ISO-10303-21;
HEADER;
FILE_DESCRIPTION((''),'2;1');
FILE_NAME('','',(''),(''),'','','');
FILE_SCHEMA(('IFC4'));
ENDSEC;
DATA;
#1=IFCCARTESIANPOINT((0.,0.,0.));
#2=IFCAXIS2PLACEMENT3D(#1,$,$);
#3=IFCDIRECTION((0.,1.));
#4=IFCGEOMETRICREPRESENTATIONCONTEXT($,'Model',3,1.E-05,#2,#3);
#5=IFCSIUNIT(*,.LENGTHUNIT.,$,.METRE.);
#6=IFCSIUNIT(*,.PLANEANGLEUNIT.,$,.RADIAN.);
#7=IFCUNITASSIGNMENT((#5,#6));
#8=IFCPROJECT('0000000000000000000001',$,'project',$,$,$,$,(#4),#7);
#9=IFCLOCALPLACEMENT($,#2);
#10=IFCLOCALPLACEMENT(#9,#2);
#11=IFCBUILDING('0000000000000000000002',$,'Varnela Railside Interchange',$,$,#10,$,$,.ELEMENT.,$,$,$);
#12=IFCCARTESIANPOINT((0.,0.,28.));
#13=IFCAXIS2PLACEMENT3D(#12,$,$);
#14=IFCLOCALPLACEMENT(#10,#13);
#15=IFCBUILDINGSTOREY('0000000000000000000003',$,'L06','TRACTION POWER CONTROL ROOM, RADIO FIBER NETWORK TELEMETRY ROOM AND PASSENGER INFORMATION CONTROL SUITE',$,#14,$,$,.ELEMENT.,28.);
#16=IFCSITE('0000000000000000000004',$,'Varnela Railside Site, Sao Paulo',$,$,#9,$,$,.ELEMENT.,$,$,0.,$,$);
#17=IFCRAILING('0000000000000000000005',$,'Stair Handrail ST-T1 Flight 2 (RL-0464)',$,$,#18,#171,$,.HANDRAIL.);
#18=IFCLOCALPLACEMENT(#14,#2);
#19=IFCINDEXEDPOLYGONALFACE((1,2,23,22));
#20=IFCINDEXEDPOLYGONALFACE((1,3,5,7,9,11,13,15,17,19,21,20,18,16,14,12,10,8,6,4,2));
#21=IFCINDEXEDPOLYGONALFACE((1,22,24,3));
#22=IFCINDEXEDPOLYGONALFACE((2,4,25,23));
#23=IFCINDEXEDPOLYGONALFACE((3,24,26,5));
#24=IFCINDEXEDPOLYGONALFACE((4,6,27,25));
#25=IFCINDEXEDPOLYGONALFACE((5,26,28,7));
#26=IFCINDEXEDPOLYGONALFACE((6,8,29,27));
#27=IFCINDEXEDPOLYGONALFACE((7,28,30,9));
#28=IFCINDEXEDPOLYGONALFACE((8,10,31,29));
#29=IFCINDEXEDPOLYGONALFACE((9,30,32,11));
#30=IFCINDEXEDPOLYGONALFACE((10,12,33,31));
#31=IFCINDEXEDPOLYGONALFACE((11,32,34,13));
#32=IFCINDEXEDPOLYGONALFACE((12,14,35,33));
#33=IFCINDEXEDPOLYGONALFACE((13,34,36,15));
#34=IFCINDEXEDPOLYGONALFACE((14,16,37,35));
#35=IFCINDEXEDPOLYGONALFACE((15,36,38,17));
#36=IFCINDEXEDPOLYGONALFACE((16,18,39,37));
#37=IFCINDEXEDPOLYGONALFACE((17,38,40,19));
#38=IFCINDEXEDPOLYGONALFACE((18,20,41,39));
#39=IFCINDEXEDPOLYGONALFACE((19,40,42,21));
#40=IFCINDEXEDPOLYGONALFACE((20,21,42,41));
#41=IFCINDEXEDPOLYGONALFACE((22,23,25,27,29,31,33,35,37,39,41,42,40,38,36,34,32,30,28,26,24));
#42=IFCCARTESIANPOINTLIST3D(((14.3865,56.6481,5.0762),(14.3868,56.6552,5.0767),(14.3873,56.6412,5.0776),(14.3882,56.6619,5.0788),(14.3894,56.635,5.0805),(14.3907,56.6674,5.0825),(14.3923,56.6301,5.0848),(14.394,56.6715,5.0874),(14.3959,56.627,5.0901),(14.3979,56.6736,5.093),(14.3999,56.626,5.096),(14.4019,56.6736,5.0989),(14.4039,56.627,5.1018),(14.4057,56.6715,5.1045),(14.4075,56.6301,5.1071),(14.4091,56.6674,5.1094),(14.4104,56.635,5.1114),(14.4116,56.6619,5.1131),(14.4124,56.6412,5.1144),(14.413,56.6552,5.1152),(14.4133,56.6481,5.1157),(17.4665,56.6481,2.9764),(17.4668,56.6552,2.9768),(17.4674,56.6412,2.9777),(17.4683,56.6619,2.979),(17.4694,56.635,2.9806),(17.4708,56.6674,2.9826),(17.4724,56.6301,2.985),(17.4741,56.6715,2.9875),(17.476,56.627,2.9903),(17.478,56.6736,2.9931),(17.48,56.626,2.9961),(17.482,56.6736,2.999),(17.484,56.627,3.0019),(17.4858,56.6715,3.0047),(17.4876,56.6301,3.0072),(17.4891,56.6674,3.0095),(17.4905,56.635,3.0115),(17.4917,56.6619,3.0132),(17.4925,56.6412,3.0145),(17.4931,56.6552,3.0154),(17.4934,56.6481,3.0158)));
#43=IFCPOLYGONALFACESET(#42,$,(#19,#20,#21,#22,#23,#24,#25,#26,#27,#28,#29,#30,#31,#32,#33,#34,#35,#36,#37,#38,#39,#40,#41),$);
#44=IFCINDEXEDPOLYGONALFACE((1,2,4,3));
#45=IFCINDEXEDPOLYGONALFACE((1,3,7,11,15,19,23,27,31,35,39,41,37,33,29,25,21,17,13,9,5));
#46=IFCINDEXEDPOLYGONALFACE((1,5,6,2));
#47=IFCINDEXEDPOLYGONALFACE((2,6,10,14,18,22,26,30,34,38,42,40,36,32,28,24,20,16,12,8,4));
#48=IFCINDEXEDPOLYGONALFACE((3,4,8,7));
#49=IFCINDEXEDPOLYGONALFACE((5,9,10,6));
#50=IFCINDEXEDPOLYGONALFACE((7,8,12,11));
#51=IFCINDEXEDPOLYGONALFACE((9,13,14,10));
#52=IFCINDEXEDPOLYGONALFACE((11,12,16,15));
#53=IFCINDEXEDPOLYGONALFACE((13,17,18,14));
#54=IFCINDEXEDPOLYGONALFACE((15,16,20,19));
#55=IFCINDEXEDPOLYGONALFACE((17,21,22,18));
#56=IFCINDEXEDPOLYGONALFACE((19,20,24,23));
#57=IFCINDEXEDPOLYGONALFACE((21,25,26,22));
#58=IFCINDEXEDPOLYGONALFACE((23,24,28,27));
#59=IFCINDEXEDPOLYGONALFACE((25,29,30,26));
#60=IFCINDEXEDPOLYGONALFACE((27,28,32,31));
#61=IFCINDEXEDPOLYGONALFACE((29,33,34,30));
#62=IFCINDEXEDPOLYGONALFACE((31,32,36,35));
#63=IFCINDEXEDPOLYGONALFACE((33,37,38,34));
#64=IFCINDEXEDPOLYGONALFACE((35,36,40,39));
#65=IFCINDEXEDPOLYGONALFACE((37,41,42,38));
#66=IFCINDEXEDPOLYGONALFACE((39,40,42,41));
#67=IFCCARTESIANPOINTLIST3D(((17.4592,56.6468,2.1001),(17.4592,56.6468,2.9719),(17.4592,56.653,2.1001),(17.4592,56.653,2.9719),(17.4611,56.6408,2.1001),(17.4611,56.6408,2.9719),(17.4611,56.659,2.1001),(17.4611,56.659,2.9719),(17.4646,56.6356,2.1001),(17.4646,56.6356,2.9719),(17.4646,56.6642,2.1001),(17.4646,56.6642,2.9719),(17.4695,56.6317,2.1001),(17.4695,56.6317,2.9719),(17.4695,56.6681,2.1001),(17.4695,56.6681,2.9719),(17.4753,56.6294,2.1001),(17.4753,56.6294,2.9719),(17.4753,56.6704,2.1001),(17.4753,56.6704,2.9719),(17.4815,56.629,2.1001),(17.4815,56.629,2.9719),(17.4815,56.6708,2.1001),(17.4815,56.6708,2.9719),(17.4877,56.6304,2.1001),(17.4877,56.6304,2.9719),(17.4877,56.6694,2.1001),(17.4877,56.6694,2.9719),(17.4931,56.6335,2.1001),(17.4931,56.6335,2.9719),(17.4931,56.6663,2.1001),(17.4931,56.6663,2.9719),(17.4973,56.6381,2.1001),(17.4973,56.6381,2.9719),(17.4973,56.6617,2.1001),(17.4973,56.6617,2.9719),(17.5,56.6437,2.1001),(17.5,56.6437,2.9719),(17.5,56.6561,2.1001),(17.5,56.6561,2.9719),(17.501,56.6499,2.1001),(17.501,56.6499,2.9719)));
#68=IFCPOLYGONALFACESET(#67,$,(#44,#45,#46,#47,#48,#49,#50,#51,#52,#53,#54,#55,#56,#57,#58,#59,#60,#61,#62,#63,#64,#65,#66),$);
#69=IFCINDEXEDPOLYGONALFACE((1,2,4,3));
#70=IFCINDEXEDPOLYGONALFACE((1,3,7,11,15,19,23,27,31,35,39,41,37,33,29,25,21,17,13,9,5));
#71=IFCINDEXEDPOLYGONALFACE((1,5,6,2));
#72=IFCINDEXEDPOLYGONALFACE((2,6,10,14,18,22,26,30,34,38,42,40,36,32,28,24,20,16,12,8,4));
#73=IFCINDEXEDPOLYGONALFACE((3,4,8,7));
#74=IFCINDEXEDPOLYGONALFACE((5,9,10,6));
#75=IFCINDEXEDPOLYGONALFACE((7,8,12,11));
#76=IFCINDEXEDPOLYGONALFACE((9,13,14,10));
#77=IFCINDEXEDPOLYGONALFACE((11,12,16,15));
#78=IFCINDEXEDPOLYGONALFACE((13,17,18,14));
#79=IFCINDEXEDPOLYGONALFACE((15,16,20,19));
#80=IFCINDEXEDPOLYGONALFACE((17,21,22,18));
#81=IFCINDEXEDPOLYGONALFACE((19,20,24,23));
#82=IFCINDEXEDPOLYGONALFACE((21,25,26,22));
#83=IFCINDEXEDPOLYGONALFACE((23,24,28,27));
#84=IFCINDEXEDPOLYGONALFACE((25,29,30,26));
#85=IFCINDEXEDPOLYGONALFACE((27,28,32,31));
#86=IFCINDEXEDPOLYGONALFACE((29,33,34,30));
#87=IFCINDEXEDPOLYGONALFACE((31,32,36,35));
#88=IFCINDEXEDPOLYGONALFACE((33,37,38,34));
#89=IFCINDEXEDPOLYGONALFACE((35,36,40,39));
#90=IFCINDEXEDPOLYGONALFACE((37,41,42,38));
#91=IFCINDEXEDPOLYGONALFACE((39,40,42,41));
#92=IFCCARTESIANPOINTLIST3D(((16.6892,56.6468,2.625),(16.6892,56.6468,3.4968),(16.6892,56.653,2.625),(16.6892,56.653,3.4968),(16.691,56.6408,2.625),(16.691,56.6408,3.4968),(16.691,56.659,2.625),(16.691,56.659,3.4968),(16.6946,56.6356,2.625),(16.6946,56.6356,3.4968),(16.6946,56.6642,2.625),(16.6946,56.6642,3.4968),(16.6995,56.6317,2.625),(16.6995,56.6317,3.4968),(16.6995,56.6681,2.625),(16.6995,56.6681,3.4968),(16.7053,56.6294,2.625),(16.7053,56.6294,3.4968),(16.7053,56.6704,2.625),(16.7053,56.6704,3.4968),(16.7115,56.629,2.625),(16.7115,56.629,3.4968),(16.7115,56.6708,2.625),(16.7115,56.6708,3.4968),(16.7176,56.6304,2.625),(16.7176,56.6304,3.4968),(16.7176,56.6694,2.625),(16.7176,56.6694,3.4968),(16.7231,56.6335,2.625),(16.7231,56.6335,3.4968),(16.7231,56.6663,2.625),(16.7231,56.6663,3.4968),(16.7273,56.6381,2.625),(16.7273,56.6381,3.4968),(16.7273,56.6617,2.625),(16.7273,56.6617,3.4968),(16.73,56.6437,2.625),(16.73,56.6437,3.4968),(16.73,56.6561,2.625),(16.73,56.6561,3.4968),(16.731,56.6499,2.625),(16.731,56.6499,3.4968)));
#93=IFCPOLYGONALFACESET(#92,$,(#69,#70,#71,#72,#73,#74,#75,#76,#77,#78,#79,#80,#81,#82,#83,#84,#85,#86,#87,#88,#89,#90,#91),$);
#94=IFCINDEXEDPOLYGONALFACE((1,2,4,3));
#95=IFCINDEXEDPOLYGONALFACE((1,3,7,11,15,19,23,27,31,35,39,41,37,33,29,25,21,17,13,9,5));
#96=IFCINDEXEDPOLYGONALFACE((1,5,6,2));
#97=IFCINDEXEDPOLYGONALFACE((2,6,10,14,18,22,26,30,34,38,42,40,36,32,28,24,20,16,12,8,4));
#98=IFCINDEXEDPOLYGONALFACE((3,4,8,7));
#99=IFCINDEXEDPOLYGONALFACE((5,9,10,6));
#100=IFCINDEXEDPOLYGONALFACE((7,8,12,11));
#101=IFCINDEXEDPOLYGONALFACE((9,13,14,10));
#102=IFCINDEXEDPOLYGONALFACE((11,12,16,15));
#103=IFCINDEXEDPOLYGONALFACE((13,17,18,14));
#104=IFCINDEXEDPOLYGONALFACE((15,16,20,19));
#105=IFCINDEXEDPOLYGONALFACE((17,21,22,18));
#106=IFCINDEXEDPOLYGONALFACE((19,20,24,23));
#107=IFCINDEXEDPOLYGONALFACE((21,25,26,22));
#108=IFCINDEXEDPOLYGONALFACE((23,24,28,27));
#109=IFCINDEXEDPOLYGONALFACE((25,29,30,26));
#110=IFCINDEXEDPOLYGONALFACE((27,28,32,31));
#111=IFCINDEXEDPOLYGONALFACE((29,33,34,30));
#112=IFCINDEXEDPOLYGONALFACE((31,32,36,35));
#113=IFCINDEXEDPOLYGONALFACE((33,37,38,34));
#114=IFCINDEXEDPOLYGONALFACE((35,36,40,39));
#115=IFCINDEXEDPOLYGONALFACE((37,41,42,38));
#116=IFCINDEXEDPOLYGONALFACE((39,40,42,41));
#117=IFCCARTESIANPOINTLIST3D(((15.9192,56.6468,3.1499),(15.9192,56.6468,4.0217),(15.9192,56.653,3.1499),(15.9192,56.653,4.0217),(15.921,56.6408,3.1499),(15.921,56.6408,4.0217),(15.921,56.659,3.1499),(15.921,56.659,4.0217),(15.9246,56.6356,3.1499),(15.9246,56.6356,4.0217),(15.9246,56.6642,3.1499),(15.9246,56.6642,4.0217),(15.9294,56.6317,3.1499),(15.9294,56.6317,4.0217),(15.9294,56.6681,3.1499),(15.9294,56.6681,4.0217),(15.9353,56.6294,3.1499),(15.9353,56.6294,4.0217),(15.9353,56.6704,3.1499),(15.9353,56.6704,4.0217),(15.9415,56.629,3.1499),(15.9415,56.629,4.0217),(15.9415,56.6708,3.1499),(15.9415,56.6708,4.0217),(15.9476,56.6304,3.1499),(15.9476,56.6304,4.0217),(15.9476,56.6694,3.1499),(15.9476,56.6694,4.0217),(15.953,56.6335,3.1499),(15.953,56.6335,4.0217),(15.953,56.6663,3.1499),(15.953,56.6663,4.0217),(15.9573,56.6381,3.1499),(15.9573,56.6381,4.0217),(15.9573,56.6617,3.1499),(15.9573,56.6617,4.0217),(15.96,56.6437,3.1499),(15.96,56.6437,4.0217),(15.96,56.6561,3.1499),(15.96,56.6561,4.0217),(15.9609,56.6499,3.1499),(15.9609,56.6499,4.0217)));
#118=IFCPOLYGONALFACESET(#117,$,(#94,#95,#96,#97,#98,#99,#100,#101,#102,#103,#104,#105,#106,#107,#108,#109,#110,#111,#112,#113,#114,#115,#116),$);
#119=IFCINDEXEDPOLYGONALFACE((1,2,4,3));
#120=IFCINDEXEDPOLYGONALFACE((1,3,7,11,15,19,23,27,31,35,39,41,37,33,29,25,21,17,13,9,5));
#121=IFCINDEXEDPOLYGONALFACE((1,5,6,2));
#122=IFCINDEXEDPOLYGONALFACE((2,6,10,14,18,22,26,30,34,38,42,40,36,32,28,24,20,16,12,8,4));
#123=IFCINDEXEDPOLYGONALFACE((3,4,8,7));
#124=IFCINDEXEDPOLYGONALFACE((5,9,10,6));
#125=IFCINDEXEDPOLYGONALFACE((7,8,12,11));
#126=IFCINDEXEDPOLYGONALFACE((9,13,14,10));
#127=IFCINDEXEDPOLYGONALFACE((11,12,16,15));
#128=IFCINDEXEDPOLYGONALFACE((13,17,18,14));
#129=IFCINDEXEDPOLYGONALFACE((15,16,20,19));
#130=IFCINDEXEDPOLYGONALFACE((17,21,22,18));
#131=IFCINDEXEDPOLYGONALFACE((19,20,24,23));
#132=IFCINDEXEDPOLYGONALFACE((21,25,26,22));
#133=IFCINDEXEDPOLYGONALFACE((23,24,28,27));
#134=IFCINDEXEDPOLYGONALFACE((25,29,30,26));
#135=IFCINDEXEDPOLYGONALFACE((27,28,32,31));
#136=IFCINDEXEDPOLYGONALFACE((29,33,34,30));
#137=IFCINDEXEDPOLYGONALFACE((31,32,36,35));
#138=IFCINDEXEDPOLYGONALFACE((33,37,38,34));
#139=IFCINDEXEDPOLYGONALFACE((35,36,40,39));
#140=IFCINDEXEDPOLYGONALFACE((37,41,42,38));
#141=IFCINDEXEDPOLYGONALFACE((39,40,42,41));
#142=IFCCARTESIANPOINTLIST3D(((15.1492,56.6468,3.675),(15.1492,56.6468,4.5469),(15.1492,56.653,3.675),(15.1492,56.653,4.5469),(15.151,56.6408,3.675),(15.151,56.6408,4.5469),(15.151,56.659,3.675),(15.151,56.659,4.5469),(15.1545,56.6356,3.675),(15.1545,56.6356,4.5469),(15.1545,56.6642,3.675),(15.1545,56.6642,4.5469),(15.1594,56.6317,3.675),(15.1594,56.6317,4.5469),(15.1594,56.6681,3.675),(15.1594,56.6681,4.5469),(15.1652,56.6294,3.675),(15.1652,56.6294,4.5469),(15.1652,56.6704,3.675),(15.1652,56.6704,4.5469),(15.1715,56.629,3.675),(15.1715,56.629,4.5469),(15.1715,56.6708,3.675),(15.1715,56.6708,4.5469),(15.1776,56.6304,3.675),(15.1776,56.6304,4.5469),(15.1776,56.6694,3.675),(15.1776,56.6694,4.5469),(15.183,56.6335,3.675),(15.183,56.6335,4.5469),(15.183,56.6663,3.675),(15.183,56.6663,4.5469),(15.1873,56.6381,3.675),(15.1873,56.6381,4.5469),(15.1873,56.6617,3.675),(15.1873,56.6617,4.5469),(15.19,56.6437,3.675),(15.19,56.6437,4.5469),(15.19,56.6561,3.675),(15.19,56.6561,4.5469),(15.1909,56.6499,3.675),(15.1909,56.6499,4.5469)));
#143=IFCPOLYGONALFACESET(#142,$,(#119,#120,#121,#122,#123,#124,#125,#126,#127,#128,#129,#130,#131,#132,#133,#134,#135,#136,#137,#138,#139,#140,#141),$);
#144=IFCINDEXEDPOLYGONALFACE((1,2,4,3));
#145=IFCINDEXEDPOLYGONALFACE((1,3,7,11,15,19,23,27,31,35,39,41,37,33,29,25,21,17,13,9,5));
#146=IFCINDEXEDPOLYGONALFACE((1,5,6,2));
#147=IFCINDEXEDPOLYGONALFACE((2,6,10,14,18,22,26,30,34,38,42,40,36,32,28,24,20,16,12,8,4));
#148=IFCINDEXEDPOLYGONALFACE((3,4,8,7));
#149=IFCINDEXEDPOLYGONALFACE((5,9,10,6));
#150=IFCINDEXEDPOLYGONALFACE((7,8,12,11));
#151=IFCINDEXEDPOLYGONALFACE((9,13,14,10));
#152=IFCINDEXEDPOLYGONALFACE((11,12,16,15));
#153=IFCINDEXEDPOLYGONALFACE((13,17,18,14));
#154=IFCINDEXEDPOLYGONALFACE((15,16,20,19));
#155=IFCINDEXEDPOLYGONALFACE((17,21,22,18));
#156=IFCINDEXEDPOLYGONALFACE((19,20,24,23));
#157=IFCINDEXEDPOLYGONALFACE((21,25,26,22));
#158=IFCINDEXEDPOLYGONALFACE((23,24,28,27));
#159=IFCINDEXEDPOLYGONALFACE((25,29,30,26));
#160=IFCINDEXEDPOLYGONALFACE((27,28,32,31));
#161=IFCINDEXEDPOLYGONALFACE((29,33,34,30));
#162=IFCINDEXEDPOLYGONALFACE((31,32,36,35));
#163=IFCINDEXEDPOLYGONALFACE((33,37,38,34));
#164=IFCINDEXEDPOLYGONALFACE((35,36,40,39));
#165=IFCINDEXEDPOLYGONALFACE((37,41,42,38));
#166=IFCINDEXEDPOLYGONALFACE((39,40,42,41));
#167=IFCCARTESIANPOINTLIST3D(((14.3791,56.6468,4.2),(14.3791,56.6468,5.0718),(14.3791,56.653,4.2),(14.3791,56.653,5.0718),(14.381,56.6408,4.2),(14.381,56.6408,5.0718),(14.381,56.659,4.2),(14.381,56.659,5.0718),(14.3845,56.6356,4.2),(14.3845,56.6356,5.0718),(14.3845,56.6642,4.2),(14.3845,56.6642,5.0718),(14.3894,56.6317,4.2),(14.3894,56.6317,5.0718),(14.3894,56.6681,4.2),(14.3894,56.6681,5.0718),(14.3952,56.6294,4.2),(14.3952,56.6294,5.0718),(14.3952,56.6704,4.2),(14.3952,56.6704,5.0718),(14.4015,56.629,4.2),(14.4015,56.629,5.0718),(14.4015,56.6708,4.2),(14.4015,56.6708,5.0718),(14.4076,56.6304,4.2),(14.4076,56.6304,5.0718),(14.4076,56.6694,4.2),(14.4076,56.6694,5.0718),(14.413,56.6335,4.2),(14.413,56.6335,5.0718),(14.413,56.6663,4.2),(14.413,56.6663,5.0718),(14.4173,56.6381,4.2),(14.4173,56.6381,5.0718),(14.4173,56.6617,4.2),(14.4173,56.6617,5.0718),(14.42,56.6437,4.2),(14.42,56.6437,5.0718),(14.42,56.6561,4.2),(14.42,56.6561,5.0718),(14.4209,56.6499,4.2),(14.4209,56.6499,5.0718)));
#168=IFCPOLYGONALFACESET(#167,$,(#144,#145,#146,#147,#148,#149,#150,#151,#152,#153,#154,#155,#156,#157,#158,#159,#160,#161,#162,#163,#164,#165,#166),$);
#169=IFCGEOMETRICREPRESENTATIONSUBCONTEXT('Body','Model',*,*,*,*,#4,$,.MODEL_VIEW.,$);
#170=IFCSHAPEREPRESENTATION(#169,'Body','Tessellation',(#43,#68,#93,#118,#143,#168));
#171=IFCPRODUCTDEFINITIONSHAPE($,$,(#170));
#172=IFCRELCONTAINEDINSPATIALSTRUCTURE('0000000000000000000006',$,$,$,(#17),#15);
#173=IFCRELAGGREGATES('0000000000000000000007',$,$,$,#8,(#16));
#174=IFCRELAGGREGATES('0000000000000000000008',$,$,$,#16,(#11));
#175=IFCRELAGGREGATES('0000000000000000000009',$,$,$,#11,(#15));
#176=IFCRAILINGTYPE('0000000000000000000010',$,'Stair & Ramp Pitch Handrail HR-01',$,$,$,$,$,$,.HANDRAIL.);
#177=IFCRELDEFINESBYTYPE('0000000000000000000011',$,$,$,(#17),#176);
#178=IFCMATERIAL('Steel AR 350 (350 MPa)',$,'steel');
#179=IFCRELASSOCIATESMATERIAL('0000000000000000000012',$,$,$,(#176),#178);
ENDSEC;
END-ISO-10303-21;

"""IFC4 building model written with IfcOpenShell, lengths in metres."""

from ifc_helpers import new_model, si_unit, direction, frame, origin, origin_2d, place, context, subcontext, project, spatial, circle, extrude, material, type_object, element, save


model = new_model("IFC4")

# Units and contexts
model_context = context("Model", 3, precision=1e-05, world=origin(), true_north=direction((0.0, 1.0)))
body_context = subcontext(model_context, "Body", "Model", "MODEL_VIEW")
ifc_project = project(units=[si_unit("LENGTHUNIT", "METRE"), si_unit("PLANEANGLEUNIT", "RADIAN")], contexts=[model_context])

# Site, building, storey
site_placement = place(None, origin())
site = spatial("IfcSite", under=ifc_project, at=site_placement, Name="Varnela Railside Site, Sao Paulo", CompositionType="ELEMENT", RefElevation=0.0)
building_placement = place(site_placement, origin())
building = spatial("IfcBuilding", under=site, at=building_placement, Name="Varnela Railside Interchange", CompositionType="ELEMENT")
storey_placement = place(building_placement, frame((0.0, 0.0, 28.0)))
storey = spatial("IfcBuildingStorey", under=building, at=storey_placement, Name="L06", Description="TRACTION POWER CONTROL ROOM, RADIO FIBER NETWORK TELEMETRY ROOM AND PASSENGER INFORMATION CONTROL SUITE", CompositionType="ELEMENT", Elevation=28.0)

# Shared definitions
ifc_material_1 = material(Name="Steel AR 350 (350 MPa)", Category="steel")

# Railing
railing_type_1 = type_object("IfcRailingType", Name="Stair & Ramp Pitch Handrail HR-01", PredefinedType="HANDRAIL", material=ifc_material_1)
railing_1_placement = place(storey_placement, frame((17.48, 56.6499, 2.1001)))
element("IfcRailing", 1, at=railing_1_placement, inside=storey, type_object=railing_type_1, Name="Stair Handrail ST-T1 Flight 2 (RL-0464)", PredefinedType="HANDRAIL", context=body_context, shape_type="SweptSolid", body=[
    extrude(circle(Radius=0.0239, at=origin_2d()), frame((0.0, 0.0, 0.896), z_axis=(-0.826252, 0.0, 0.5633), x_axis=(0.0, -1.0, 0.0)), (0.0, 0.0, 1.0), 3.7278),
    extrude(circle(Radius=0.021, at=origin_2d()), origin(), (0.0, 0.0, 1.0), 0.8718),
    extrude(circle(Radius=0.021, at=origin_2d()), frame((-0.77, 0.0, 0.5249)), (0.0, 0.0, 1.0), 0.8718),
    extrude(circle(Radius=0.021, at=origin_2d()), frame((-1.54, 0.0, 1.0498)), (0.0, 0.0, 1.0), 0.8718),
    extrude(circle(Radius=0.021, at=origin_2d()), frame((-2.3101, 0.0, 1.575)), (0.0, 0.0, 1.0), 0.8718),
    extrude(circle(Radius=0.021, at=origin_2d()), frame((-3.0801, 0.0, 2.0999)), (0.0, 0.0, 1.0), 0.8718),
])

save(model, "model.ifc")
